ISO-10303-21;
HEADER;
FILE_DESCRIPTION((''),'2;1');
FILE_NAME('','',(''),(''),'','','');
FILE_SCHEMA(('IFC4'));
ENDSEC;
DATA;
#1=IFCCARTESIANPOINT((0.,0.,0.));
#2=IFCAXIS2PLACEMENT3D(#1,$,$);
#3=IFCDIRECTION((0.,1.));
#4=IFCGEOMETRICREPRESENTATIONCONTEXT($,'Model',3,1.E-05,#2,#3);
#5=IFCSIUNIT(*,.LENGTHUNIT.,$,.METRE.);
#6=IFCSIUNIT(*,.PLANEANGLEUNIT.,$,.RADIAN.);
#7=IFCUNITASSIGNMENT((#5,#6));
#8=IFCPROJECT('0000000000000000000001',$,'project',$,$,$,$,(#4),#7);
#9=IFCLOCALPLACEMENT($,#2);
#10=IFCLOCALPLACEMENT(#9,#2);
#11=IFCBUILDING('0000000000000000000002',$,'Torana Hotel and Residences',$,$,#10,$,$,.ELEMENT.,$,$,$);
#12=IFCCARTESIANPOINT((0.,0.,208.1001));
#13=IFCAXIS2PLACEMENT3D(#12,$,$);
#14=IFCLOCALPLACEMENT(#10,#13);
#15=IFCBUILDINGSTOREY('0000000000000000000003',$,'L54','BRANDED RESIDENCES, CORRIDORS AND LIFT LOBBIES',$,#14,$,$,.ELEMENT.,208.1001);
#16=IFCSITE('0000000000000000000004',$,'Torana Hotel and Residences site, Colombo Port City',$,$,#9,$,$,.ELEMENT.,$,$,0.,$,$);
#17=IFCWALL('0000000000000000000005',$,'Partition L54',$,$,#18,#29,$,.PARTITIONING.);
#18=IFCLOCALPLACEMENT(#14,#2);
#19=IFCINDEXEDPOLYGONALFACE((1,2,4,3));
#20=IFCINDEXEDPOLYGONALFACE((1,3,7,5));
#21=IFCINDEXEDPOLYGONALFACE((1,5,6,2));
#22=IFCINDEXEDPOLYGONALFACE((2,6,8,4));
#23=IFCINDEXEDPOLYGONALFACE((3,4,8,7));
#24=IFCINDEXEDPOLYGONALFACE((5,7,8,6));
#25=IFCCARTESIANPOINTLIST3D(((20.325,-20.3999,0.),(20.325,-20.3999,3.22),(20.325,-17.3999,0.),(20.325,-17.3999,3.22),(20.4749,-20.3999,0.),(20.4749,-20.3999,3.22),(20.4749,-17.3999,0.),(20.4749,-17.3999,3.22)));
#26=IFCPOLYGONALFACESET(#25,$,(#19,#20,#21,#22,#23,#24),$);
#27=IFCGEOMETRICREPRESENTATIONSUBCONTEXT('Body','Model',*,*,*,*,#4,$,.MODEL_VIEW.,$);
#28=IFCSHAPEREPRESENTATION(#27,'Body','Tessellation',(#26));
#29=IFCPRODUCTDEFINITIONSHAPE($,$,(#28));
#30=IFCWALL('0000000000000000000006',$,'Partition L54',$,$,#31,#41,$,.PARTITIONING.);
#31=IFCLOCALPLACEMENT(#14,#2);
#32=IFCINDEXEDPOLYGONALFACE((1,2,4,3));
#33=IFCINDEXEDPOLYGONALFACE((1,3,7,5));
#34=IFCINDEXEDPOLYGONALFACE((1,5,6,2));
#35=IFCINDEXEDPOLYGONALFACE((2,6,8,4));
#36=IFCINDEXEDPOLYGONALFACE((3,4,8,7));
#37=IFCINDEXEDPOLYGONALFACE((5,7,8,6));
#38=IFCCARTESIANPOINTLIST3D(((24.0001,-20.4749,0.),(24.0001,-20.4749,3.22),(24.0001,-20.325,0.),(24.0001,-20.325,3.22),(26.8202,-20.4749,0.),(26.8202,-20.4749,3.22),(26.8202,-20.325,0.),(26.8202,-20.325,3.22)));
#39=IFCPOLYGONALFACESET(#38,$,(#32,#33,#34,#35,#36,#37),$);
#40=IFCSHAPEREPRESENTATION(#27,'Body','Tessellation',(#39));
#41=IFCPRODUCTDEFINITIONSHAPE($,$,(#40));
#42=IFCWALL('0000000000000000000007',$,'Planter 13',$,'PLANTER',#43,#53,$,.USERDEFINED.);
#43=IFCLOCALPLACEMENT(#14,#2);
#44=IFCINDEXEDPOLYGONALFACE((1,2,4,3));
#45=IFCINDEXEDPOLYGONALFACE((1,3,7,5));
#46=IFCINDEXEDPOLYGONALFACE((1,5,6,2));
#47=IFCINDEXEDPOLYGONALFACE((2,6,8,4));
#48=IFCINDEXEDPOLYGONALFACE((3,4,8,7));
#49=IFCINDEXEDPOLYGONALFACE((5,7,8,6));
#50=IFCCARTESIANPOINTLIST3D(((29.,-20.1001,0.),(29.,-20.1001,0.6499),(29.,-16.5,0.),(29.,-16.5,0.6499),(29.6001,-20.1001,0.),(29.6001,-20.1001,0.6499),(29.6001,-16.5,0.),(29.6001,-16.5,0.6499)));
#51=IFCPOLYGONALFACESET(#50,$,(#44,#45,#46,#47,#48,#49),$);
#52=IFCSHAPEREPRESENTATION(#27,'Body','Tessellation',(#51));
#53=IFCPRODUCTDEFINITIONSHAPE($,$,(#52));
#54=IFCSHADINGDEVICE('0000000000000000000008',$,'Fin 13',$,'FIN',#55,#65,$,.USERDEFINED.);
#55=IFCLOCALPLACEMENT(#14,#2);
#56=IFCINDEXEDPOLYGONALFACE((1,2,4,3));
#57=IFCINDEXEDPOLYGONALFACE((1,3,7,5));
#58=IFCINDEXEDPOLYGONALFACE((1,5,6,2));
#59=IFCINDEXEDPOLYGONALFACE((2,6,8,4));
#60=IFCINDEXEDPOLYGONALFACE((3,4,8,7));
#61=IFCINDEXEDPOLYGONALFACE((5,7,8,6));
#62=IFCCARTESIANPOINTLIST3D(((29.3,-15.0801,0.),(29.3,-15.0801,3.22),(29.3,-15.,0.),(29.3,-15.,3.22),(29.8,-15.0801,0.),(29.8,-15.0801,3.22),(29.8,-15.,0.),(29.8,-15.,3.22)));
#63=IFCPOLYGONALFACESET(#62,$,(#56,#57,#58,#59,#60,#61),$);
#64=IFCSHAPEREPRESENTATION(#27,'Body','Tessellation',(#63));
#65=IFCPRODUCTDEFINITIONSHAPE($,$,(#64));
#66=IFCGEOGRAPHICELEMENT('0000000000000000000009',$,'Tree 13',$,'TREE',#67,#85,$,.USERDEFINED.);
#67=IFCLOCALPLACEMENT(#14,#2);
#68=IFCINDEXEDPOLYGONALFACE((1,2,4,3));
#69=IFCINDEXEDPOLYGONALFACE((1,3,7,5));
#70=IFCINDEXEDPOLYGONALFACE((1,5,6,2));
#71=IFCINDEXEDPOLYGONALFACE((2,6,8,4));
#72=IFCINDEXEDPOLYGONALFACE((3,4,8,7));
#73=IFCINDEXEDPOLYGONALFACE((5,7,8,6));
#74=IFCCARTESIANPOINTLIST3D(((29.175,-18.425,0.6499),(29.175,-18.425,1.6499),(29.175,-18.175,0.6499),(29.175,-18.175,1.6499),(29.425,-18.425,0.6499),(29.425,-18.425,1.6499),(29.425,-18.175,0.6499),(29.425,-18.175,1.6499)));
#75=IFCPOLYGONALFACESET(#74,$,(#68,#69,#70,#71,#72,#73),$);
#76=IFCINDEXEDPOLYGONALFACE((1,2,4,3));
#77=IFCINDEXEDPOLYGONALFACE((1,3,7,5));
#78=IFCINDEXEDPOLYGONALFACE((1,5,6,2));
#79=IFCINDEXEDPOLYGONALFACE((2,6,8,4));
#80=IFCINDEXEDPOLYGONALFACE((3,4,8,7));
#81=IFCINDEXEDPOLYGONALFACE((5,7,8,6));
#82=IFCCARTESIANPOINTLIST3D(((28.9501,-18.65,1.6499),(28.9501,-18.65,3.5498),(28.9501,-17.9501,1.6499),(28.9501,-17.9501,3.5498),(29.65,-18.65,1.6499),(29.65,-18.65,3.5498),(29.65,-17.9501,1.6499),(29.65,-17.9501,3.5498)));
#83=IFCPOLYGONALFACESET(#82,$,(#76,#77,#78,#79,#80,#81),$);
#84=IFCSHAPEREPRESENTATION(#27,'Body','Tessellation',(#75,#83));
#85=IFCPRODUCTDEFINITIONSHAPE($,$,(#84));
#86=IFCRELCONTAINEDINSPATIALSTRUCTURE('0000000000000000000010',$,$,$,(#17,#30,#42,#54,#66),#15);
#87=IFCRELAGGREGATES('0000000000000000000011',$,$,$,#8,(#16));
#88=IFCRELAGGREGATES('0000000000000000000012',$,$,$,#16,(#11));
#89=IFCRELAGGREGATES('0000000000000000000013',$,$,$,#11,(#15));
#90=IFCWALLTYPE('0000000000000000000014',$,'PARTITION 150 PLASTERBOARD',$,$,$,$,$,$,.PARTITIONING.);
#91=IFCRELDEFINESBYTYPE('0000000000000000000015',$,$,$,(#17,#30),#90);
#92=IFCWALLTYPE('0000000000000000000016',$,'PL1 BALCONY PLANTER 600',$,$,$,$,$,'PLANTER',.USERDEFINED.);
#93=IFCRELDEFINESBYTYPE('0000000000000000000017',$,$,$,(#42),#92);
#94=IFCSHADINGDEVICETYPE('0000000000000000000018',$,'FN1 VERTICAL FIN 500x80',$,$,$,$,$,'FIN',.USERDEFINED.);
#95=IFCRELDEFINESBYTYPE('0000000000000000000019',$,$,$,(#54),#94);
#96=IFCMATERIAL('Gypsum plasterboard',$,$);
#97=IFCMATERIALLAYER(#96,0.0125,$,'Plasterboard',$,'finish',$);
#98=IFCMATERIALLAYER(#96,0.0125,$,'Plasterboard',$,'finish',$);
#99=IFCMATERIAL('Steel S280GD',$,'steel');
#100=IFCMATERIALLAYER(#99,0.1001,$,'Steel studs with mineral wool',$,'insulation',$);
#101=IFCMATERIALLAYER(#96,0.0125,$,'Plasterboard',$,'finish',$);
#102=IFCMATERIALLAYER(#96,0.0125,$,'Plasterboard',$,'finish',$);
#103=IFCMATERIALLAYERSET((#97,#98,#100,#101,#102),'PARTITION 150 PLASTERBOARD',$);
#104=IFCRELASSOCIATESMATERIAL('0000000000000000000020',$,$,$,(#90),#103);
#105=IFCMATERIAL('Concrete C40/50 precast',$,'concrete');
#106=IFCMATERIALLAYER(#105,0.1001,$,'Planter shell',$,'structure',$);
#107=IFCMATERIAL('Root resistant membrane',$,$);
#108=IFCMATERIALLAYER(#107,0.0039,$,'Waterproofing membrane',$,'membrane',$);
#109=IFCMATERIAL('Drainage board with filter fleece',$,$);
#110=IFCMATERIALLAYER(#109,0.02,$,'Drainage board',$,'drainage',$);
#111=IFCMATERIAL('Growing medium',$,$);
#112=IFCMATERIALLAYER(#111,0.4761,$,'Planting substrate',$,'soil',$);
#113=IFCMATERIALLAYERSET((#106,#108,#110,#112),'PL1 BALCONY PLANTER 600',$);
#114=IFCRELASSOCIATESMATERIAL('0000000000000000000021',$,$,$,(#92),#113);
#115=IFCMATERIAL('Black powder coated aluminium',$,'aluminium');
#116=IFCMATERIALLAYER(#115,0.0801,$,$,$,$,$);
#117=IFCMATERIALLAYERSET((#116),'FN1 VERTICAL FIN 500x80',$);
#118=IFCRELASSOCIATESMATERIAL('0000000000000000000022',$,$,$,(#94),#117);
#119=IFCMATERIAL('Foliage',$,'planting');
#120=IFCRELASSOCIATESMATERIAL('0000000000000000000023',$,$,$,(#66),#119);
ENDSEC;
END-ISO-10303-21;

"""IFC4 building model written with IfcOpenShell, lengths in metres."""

from ifc_helpers import new_model, si_unit, direction, frame, frame_2d, origin, origin_2d, place, context, subcontext, project, spatial, rectangle, extrude, material, layer, layer_set, type_object, element, save


model = new_model("IFC4")

# Units and contexts
model_context = context("Model", 3, precision=1e-05, world=origin(), true_north=direction((0.0, 1.0)))
body_context = subcontext(model_context, "Body", "Model", "MODEL_VIEW")
ifc_project = project(units=[si_unit("LENGTHUNIT", "METRE"), si_unit("PLANEANGLEUNIT", "RADIAN")], contexts=[model_context])

# Site, building, storey
site_placement = place(None, origin())
site = spatial("IfcSite", under=ifc_project, at=site_placement, Name="Torana Hotel and Residences site, Colombo Port City", CompositionType="ELEMENT", RefElevation=0.0)
building_placement = place(site_placement, origin())
building = spatial("IfcBuilding", under=site, at=building_placement, Name="Torana Hotel and Residences", CompositionType="ELEMENT")
storey_placement = place(building_placement, frame((0.0, 0.0, 208.1001)))
storey = spatial("IfcBuildingStorey", under=building, at=storey_placement, Name="L54", Description="BRANDED RESIDENCES, CORRIDORS AND LIFT LOBBIES", CompositionType="ELEMENT", Elevation=208.1001)

# Walls
ifc_material_1 = material(Name="Gypsum plasterboard")
ifc_layer_1 = layer(ifc_material_1, 0.0125, Name="Plasterboard", Category="finish")
ifc_layer_2 = layer(ifc_material_1, 0.0125, Name="Plasterboard", Category="finish")
ifc_material_2 = material(Name="Steel S280GD", Category="steel")
ifc_layer_3 = layer(ifc_material_2, 0.1001, Name="Steel studs with mineral wool", Category="insulation")
ifc_layer_4 = layer(ifc_material_1, 0.0125, Name="Plasterboard", Category="finish")
ifc_layer_5 = layer(ifc_material_1, 0.0125, Name="Plasterboard", Category="finish")
ifc_layer_set_1 = layer_set([ifc_layer_1, ifc_layer_2, ifc_layer_3, ifc_layer_4, ifc_layer_5], Name="PARTITION 150 PLASTERBOARD")
wall_type_1 = type_object("IfcWallType", Name="PARTITION 150 PLASTERBOARD", PredefinedType="PARTITIONING", material=ifc_layer_set_1)
wall_1_placement = place(storey_placement, frame((20.3999, -20.3999, 0.0), z_axis=(0.0, 0.0, 1.0), x_axis=(0.0, 1.0, 0.0)))
element("IfcWall", 1, at=wall_1_placement, inside=storey, type_object=wall_type_1, Name="Partition L54", PredefinedType="PARTITIONING", context=body_context, shape_type="SweptSolid", body=[
    extrude(rectangle(XDim=3.0, YDim=0.1499, at=frame_2d((1.5, 0.0))), origin(), (0.0, 0.0, 1.0), 3.22),
])
wall_2_placement = place(storey_placement, frame((24.0, -20.3999, 0.0), z_axis=(0.0, 0.0, 1.0), x_axis=(1.0, 0.0, 0.0)))
element("IfcWall", 2, at=wall_2_placement, inside=storey, type_object=wall_type_1, Name="Partition L54", PredefinedType="PARTITIONING", context=body_context, shape_type="SweptSolid", body=[
    extrude(rectangle(XDim=2.8201, YDim=0.1499, at=frame_2d((1.4102, 0.0))), origin(), (0.0, 0.0, 1.0), 3.22),
])
ifc_material_3 = material(Name="Concrete C40/50 precast", Category="concrete")
ifc_layer_6 = layer(ifc_material_3, 0.1001, Name="Planter shell", Category="structure")
ifc_material_4 = material(Name="Root resistant membrane")
ifc_layer_7 = layer(ifc_material_4, 0.0039, Name="Waterproofing membrane", Category="membrane")
ifc_material_5 = material(Name="Drainage board with filter fleece")
ifc_layer_8 = layer(ifc_material_5, 0.02, Name="Drainage board", Category="drainage")
ifc_material_6 = material(Name="Growing medium")
ifc_layer_9 = layer(ifc_material_6, 0.4761, Name="Planting substrate", Category="soil")
ifc_layer_set_2 = layer_set([ifc_layer_6, ifc_layer_7, ifc_layer_8, ifc_layer_9], Name="PL1 BALCONY PLANTER 600")
wall_type_2 = type_object("IfcWallType", Name="PL1 BALCONY PLANTER 600", ElementType="PLANTER", PredefinedType="USERDEFINED", material=ifc_layer_set_2)
wall_3_placement = place(storey_placement, frame((29.3, -16.5, 0.0), z_axis=(0.0, 0.0, 1.0), x_axis=(0.0, -1.0, 0.0)))
element("IfcWall", 3, at=wall_3_placement, inside=storey, type_object=wall_type_2, Name="Planter 13", ObjectType="PLANTER", PredefinedType="USERDEFINED", context=body_context, shape_type="SweptSolid", body=[
    extrude(rectangle(XDim=3.6001, YDim=0.6001, at=frame_2d((1.8, 0.0))), origin(), (0.0, 0.0, 1.0), 0.6499),
])

# Shading device
ifc_material_7 = material(Name="Black powder coated aluminium", Category="aluminium")
ifc_layer_10 = layer(ifc_material_7, 0.0801)
ifc_layer_set_3 = layer_set([ifc_layer_10], Name="FN1 VERTICAL FIN 500x80")
shading_device_type = type_object("IfcShadingDeviceType", Name="FN1 VERTICAL FIN 500x80", ElementType="FIN", PredefinedType="USERDEFINED", material=ifc_layer_set_3)
shading_device_placement = place(storey_placement, frame((29.55, -15.04, 0.0), z_axis=(0.0, 0.0, 1.0), x_axis=(0.0, -1.0, 0.0)))
element("IfcShadingDevice", 4, at=shading_device_placement, inside=storey, type_object=shading_device_type, Name="Fin 13", ObjectType="FIN", PredefinedType="USERDEFINED", context=body_context, shape_type="SweptSolid", body=[
    extrude(rectangle(XDim=0.0801, YDim=0.5, at=origin_2d()), origin(), (0.0, 0.0, 1.0), 3.22),
])

# Geographic element
ifc_material_8 = material(Name="Foliage", Category="planting")
geographic_element_placement = place(storey_placement, frame((29.3, -18.3, 0.6499), z_axis=(0.0, 0.0, 1.0), x_axis=(1.0, 0.0, 0.0)))
element("IfcGeographicElement", 5, at=geographic_element_placement, inside=storey, material=ifc_material_8, Name="Tree 13", ObjectType="TREE", PredefinedType="USERDEFINED", context=body_context, shape_type="SweptSolid", body=[
    extrude(rectangle(XDim=0.25, YDim=0.25, at=origin_2d()), origin(), (0.0, 0.0, 1.0), 1.0),
    extrude(rectangle(XDim=0.7, YDim=0.7, at=origin_2d()), frame((0.0, 0.0, 1.0)), (0.0, 0.0, 1.0), 1.8999),
])

save(model, "model.ifc")
